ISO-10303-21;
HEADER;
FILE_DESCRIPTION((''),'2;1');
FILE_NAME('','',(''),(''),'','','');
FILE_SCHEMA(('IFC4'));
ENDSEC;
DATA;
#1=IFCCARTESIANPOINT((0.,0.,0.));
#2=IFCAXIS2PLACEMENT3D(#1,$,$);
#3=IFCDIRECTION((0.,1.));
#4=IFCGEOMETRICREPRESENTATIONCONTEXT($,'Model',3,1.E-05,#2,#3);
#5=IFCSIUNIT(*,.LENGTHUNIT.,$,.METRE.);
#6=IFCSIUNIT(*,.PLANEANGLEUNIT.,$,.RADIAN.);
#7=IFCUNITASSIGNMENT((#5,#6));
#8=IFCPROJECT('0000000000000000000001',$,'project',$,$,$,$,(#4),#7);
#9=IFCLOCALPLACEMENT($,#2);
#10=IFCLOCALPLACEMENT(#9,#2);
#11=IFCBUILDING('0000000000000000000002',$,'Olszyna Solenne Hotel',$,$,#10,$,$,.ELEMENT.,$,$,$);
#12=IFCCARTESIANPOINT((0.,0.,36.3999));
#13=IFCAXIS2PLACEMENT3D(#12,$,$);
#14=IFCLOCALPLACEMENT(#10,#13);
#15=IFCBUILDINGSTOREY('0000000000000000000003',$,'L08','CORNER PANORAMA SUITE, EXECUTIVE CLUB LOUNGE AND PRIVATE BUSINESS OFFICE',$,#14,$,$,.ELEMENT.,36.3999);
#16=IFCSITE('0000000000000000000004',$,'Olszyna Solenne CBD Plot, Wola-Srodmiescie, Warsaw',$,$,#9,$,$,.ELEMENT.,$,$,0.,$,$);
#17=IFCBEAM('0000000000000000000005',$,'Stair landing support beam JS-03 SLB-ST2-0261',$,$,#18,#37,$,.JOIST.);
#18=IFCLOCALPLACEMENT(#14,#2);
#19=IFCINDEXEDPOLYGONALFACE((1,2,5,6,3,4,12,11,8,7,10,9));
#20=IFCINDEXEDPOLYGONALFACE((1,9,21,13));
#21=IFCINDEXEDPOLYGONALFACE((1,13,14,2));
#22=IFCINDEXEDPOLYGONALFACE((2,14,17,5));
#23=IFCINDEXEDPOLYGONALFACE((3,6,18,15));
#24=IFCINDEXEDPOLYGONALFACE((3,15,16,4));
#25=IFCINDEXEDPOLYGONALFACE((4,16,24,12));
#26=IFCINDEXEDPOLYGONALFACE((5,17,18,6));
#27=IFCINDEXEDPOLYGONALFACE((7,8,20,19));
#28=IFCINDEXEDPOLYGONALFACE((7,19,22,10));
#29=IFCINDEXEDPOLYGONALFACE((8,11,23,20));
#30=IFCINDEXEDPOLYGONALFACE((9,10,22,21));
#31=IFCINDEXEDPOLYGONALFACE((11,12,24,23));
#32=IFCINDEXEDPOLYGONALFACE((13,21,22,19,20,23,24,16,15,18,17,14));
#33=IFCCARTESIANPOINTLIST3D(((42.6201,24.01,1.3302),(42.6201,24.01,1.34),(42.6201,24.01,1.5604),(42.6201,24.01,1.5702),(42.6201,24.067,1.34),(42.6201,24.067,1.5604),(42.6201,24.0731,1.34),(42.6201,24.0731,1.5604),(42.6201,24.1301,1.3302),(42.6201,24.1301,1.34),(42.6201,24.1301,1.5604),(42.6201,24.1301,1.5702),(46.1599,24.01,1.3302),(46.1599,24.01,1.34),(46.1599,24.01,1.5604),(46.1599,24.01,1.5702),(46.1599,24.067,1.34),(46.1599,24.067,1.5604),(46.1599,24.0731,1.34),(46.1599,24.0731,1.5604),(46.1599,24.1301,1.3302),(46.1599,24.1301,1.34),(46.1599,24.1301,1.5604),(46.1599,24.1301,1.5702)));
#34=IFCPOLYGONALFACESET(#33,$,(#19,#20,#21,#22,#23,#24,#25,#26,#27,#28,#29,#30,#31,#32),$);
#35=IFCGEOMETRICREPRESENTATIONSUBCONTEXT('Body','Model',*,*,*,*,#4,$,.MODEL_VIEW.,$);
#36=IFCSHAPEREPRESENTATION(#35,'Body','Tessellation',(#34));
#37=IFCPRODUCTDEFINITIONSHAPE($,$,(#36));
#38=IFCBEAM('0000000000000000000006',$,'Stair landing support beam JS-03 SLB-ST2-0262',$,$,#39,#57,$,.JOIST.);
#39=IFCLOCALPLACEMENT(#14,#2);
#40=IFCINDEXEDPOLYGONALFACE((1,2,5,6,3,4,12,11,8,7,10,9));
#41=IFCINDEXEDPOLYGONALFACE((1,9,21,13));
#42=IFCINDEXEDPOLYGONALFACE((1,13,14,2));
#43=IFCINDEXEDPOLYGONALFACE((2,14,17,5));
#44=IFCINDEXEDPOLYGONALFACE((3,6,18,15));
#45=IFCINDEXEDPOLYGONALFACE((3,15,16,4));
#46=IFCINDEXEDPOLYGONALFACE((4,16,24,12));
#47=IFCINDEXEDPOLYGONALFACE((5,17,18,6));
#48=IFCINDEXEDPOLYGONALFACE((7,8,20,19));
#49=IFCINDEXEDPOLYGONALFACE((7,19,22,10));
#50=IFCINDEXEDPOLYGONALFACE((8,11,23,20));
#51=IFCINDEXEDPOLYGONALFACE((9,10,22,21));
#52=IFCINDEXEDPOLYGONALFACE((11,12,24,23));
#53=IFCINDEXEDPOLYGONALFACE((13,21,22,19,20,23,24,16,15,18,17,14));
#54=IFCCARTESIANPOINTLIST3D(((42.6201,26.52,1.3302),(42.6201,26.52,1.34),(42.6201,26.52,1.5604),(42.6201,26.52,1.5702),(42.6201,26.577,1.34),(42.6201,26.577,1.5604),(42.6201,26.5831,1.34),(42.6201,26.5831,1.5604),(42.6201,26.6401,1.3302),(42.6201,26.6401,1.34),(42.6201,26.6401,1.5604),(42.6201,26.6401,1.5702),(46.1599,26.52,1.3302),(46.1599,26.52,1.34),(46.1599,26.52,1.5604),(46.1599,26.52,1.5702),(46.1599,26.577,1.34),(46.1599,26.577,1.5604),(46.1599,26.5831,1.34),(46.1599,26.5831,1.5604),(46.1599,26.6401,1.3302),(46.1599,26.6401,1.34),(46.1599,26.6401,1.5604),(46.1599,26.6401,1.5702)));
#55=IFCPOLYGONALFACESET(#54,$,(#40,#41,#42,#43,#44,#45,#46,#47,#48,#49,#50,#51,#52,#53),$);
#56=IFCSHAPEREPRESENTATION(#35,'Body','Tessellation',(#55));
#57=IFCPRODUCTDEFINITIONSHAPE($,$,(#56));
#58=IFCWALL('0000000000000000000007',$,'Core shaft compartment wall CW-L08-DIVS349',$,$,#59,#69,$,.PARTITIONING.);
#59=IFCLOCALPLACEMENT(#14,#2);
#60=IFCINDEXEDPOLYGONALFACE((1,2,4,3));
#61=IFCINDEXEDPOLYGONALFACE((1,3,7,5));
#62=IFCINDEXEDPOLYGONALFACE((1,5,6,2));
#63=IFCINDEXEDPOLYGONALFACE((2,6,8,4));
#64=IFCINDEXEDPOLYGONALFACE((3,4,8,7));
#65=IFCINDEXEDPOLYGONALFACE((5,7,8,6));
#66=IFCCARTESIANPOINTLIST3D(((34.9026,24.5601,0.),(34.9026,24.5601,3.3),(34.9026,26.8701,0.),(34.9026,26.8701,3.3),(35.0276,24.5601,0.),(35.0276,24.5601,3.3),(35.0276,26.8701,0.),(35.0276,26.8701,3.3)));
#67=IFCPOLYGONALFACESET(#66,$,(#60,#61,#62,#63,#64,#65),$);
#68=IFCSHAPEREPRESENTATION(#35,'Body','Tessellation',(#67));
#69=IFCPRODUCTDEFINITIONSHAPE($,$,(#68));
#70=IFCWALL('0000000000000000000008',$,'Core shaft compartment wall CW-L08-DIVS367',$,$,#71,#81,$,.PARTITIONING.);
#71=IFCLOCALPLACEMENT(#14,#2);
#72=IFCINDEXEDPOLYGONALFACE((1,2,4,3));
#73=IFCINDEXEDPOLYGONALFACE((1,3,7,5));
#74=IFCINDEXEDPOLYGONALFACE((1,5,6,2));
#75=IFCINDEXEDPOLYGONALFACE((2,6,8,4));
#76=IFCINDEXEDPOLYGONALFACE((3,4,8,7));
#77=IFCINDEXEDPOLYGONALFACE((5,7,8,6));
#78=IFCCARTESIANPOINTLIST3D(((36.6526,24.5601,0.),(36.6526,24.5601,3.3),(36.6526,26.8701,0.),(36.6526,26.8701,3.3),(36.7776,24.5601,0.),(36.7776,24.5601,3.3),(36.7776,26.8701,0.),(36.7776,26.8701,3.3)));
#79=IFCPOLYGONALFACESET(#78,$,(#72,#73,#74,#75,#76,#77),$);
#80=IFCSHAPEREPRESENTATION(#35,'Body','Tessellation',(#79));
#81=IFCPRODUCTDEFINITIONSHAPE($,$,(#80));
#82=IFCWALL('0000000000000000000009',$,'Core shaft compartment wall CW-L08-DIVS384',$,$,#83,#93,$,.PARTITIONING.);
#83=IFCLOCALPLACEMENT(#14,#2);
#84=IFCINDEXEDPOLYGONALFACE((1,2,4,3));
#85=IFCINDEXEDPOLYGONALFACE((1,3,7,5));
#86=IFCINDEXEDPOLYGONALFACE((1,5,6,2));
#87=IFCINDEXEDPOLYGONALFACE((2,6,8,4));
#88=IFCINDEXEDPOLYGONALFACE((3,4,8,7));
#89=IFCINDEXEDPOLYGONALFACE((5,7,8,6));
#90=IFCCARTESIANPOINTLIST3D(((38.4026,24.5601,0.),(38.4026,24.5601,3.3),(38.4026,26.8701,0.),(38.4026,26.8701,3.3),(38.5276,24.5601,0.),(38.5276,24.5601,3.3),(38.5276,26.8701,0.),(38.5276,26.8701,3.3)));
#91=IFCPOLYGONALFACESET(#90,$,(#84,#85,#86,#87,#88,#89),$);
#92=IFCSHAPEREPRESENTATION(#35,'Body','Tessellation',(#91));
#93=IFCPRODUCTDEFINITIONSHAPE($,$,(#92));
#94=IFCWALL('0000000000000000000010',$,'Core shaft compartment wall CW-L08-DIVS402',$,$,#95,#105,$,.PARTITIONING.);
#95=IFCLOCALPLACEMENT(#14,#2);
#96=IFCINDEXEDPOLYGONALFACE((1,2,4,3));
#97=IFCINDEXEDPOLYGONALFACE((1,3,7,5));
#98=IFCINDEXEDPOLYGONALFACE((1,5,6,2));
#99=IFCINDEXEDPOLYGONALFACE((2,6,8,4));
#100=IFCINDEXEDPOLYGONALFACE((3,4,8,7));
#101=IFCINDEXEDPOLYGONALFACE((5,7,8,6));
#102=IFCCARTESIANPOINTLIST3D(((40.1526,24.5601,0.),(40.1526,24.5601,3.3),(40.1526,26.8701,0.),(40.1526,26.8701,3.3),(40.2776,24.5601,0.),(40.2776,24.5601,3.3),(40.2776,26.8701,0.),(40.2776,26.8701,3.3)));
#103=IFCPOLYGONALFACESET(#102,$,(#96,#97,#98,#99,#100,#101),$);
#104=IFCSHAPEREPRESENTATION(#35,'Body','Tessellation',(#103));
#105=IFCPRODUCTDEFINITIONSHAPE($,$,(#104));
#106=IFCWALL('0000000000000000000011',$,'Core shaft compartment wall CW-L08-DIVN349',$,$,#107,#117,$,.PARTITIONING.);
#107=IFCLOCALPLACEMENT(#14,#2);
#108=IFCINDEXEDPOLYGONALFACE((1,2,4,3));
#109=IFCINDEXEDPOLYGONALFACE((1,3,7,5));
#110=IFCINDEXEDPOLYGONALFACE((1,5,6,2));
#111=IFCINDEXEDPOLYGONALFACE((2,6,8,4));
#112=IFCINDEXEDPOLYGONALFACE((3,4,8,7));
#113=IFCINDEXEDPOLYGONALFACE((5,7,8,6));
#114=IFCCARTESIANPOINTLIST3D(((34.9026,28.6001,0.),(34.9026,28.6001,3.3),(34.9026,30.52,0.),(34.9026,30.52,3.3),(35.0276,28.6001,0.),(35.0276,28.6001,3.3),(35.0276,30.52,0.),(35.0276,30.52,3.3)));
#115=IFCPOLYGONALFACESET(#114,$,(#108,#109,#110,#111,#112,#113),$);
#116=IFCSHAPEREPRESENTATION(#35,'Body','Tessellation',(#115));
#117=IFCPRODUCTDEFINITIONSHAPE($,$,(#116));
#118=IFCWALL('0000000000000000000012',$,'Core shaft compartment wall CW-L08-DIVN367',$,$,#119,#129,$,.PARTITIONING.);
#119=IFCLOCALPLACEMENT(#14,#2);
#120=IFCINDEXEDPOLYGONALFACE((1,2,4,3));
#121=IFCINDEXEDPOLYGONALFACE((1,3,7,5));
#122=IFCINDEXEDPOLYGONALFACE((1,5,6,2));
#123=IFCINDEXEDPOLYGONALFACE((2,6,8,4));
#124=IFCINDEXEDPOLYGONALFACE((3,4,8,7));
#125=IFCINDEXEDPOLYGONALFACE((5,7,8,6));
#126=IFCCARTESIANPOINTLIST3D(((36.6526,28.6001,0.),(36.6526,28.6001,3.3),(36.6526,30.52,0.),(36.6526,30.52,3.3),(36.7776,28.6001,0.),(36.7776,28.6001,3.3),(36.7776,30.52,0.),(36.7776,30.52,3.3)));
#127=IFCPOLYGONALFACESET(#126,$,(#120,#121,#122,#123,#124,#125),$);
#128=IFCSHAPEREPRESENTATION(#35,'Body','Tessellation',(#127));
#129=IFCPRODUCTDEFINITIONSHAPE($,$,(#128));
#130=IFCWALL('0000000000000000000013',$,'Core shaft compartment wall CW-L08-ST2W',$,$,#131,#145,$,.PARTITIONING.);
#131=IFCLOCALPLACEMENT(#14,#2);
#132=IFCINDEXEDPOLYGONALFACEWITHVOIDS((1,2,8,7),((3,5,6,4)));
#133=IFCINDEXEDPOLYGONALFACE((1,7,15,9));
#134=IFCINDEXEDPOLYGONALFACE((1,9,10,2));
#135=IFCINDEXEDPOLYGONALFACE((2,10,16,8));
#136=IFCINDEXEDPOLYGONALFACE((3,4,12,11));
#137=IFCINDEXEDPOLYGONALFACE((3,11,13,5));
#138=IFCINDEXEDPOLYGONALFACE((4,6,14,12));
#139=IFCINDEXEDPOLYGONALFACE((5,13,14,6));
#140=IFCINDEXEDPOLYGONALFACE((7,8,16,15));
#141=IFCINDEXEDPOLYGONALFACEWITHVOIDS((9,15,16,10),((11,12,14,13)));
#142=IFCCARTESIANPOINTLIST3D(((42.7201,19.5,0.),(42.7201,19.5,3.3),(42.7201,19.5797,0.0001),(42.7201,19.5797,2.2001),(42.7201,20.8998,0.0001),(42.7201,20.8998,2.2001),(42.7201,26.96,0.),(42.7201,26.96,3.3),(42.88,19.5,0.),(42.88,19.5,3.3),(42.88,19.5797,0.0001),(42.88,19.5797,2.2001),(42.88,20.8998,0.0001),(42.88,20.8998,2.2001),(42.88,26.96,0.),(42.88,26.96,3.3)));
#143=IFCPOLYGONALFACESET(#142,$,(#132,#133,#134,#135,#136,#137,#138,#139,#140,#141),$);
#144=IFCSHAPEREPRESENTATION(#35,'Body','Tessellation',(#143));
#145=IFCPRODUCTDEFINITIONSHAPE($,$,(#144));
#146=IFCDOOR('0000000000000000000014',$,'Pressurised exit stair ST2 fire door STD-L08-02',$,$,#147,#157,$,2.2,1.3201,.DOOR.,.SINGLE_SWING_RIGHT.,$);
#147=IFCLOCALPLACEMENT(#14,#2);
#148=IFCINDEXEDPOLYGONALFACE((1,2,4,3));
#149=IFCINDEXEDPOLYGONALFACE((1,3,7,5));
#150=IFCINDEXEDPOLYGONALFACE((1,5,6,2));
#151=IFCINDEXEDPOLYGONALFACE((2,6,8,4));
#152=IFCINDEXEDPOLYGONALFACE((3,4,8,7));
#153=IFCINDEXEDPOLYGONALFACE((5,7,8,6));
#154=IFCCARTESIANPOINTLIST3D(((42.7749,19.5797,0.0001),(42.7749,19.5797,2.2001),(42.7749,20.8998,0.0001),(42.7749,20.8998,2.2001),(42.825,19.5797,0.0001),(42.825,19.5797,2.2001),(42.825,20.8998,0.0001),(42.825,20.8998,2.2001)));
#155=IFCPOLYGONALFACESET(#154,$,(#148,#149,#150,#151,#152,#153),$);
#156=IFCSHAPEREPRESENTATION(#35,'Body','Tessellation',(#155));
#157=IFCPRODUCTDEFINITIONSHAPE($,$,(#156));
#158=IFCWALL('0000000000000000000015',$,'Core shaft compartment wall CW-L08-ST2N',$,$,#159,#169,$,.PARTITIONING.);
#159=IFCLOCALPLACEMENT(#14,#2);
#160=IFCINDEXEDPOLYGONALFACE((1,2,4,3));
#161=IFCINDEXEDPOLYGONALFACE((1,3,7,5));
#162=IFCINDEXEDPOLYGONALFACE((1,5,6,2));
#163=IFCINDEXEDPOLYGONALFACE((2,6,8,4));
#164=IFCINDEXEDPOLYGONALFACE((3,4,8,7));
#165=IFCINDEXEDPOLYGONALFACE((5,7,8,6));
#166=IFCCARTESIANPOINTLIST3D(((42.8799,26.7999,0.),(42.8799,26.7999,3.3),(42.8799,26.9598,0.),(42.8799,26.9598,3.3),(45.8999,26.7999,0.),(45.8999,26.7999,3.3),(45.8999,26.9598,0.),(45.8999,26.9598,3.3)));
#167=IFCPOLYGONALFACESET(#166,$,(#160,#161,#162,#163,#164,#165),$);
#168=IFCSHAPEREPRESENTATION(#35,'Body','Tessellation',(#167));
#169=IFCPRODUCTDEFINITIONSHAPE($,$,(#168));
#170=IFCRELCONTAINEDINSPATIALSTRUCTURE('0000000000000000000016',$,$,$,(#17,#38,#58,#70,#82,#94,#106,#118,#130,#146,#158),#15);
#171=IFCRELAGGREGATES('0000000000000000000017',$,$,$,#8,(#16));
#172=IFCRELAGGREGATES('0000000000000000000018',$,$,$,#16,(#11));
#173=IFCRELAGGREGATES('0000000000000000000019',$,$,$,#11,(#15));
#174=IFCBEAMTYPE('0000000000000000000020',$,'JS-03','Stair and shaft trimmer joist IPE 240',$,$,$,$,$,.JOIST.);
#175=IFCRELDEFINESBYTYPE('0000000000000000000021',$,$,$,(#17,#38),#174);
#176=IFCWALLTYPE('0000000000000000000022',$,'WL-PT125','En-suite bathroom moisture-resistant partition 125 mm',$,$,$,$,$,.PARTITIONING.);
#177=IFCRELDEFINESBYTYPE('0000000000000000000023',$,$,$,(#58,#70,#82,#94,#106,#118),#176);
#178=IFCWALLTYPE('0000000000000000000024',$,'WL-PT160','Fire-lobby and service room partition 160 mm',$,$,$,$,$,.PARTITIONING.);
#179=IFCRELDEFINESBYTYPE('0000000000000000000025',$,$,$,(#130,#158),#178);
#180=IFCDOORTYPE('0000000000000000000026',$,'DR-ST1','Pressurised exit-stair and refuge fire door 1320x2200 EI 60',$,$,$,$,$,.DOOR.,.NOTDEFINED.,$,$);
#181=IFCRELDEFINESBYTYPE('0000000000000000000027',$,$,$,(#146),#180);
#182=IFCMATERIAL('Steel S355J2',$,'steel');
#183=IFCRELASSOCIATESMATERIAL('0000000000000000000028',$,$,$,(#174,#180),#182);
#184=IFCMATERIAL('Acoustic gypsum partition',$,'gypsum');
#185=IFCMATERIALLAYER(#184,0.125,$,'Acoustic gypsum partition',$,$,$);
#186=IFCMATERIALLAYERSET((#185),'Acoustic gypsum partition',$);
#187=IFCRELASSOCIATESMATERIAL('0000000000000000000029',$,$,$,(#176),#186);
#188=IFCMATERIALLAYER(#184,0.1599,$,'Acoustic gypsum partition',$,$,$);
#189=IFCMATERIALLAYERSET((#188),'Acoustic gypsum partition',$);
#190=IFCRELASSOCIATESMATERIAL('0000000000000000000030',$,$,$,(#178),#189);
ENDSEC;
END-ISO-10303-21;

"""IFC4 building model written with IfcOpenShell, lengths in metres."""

from ifc_helpers import new_model, si_unit, direction, frame, frame_2d, origin, origin_2d, place, context, subcontext, project, spatial, rectangle, i_section, extrude, source, transform, mapped, material, layer, layer_set, material_profile, profile_set, type_object, type_shapes, element, fill, save


model = new_model("IFC4")

# Units and contexts
model_context = context("Model", 3, precision=1e-05, world=origin(), true_north=direction((0.0, 1.0)))
body_context = subcontext(model_context, "Body", "Model", "MODEL_VIEW")
ifc_project = project(units=[si_unit("LENGTHUNIT", "METRE"), si_unit("PLANEANGLEUNIT", "RADIAN")], contexts=[model_context])

# Site, building, storey
site_placement = place(None, origin())
site = spatial("IfcSite", under=ifc_project, at=site_placement, Name="Olszyna Solenne CBD Plot, Wola-Srodmiescie, Warsaw", CompositionType="ELEMENT", RefElevation=0.0)
building_placement = place(site_placement, origin())
building = spatial("IfcBuilding", under=site, at=building_placement, Name="Olszyna Solenne Hotel", CompositionType="ELEMENT")
storey_placement = place(building_placement, frame((0.0, 0.0, 36.3999)))
storey = spatial("IfcBuildingStorey", under=building, at=storey_placement, Name="L08", Description="CORNER PANORAMA SUITE, EXECUTIVE CLUB LOUNGE AND PRIVATE BUSINESS OFFICE", CompositionType="ELEMENT", Elevation=36.3999)

# Beams
ifc_material_1 = material(Name="Steel S355J2", Category="steel")
ifc_material_profile = material_profile(ifc_material_1, i_section(OverallWidth=0.1201, OverallDepth=0.24, WebThickness=0.0061, FlangeThickness=0.0098, at=origin_2d()), Name="IPE 240", Category="load-bearing")
ifc_profile_set = profile_set([ifc_material_profile], Name="Steel S355J2")
beam_type = type_object("IfcBeamType", Name="JS-03", Description="Stair and shaft trimmer joist IPE 240", PredefinedType="JOIST", material=ifc_profile_set)
shared_shape_1 = source(origin(), body_context, "Body", "SweptSolid", [
    extrude(i_section(OverallWidth=0.1201, OverallDepth=0.24, WebThickness=0.0061, FlangeThickness=0.0098, at=origin_2d()), origin(), (0.0, 0.0, 1.0), 3.5398),
])
for number, where, z_axis, x_axis, name in (
    (1, (46.1599, 24.0701, 1.4502), (-1.0, 0.0, 0.0), (0.0, -1.0, 0.0), "Stair landing support beam JS-03 SLB-ST2-0261"),
    (2, (46.1599, 26.5801, 1.4502), (-1.0, 0.0, 0.0), (0.0, -1.0, 0.0), "Stair landing support beam JS-03 SLB-ST2-0262"),
):
    element("IfcBeam", number, at=place(storey_placement, frame(where, z_axis=z_axis, x_axis=x_axis)), inside=storey, type_object=beam_type, Name=name, PredefinedType="JOIST", context=body_context, shape_type="MappedRepresentation", body=[
        mapped(shared_shape_1, transform((0.0, 0.0, 0.0), x_axis=(1.0, 0.0, 0.0), y_axis=(0.0, 1.0, 0.0), z_axis=(0.0, 0.0, 1.0), scale=1.0)),
    ])

# Walls
ifc_material_2 = material(Name="Acoustic gypsum partition", Category="gypsum")
ifc_layer_1 = layer(ifc_material_2, 0.125, Name="Acoustic gypsum partition")
ifc_layer_set_1 = layer_set([ifc_layer_1], Name="Acoustic gypsum partition")
wall_type_1 = type_object("IfcWallType", Name="WL-PT125", Description="En-suite bathroom moisture-resistant partition 125 mm", PredefinedType="PARTITIONING", material=ifc_layer_set_1)
for number, where, z_axis, x_axis, name in (
    (3, (34.9651, 24.5601, 0.0), (0.0, 0.0, 1.0), (0.0, 1.0, 0.0), "Core shaft compartment wall CW-L08-DIVS349"),
    (4, (36.7151, 24.5601, 0.0), (0.0, 0.0, 1.0), (0.0, 1.0, 0.0), "Core shaft compartment wall CW-L08-DIVS367"),
    (5, (38.4651, 24.5601, 0.0), (0.0, 0.0, 1.0), (0.0, 1.0, 0.0), "Core shaft compartment wall CW-L08-DIVS384"),
    (6, (40.2151, 24.5601, 0.0), (0.0, 0.0, 1.0), (0.0, 1.0, 0.0), "Core shaft compartment wall CW-L08-DIVS402"),
):
    element("IfcWall", number, at=place(storey_placement, frame(where, z_axis=z_axis, x_axis=x_axis)), inside=storey, type_object=wall_type_1, Name=name, PredefinedType="PARTITIONING", context=body_context, shape_type="SweptSolid", body=[
        extrude(rectangle(XDim=2.3101, YDim=0.125, at=frame_2d((1.155, 0.0))), origin(), (0.0, 0.0, 1.0), 3.3),
    ])
for number, where, z_axis, x_axis, name in (
    (7, (34.9651, 28.6001, 0.0), (0.0, 0.0, 1.0), (0.0, 1.0, 0.0), "Core shaft compartment wall CW-L08-DIVN349"),
    (8, (36.7151, 28.6001, 0.0), (0.0, 0.0, 1.0), (0.0, 1.0, 0.0), "Core shaft compartment wall CW-L08-DIVN367"),
):
    element("IfcWall", number, at=place(storey_placement, frame(where, z_axis=z_axis, x_axis=x_axis)), inside=storey, type_object=wall_type_1, Name=name, PredefinedType="PARTITIONING", context=body_context, shape_type="SweptSolid", body=[
        extrude(rectangle(XDim=1.9199, YDim=0.125, at=frame_2d((0.96, 0.0))), origin(), (0.0, 0.0, 1.0), 3.3),
    ])

# Wall, opening, door
ifc_layer_2 = layer(ifc_material_2, 0.1599, Name="Acoustic gypsum partition")
ifc_layer_set_2 = layer_set([ifc_layer_2], Name="Acoustic gypsum partition")
wall_type_2 = type_object("IfcWallType", Name="WL-PT160", Description="Fire-lobby and service room partition 160 mm", PredefinedType="PARTITIONING", material=ifc_layer_set_2)
wall_1_placement = place(storey_placement, frame((42.8, 26.96, 0.0), z_axis=(0.0, 0.0, 1.0), x_axis=(0.0, -1.0, 0.0)))
wall_1 = element("IfcWall", 9, at=wall_1_placement, inside=storey, type_object=wall_type_2, Name="Core shaft compartment wall CW-L08-ST2W", PredefinedType="PARTITIONING", context=body_context, shape_type="SweptSolid", body=[
    extrude(rectangle(XDim=7.46, YDim=0.1599, at=frame_2d((3.73, 0.0))), origin(), (0.0, 0.0, 1.0), 3.3),
])
opening_1_placement = place(wall_1_placement, frame((6.0601, 0.0, 0.0)))
opening_1 = element("IfcOpeningElement", 10, at=opening_1_placement, cuts=wall_1, PredefinedType="OPENING", context=body_context, shape_type="SweptSolid", body=[
    extrude(rectangle(XDim=1.3201, YDim=2.2, at=frame_2d((0.6602, 1.1001))), frame((0.0, 0.0898, 0.0), z_axis=(0.0, -1.0, 0.0), x_axis=(1.0, 0.0, 0.0)), (0.0, 0.0, 1.0), 0.1799),
])
door_type_1 = type_object("IfcDoorType", Name="DR-ST1", Description="Pressurised exit-stair and refuge fire door 1320x2200 EI 60", OperationType="NOTDEFINED", PredefinedType="DOOR", material=ifc_material_1)
shared_shape_2 = source(origin(), body_context, "Body", "SweptSolid", [
    extrude(rectangle(XDim=1.3201, YDim=2.2, at=frame_2d((0.6602, 1.1001))), frame((0.0, 0.0249, 0.0), z_axis=(0.0, -1.0, 0.0), x_axis=(1.0, 0.0, 0.0)), (0.0, 0.0, 1.0), 0.05),
])
type_shapes(door_type_1, [shared_shape_2])
door_1_placement = place(opening_1_placement, origin())
door_1 = element("IfcDoor", 11, at=door_1_placement, inside=storey, type_object=door_type_1, Name="Pressurised exit stair ST2 fire door STD-L08-02", OperationType="SINGLE_SWING_RIGHT", OverallHeight=2.2, OverallWidth=1.3201, PredefinedType="DOOR", context=body_context, shape_type="MappedRepresentation", body=[
    mapped(shared_shape_2, transform((0.0, 0.0, 0.0), x_axis=(1.0, 0.0, 0.0), y_axis=(0.0, 1.0, 0.0), z_axis=(0.0, 0.0, 1.0), scale=1.0)),
])
fill(opening_1, door_1)

# Wall
wall_2_placement = place(storey_placement, frame((42.8799, 26.8799, 0.0), z_axis=(0.0, 0.0, 1.0), x_axis=(1.0, 0.0, 0.0)))
element("IfcWall", 12, at=wall_2_placement, inside=storey, type_object=wall_type_2, Name="Core shaft compartment wall CW-L08-ST2N", PredefinedType="PARTITIONING", context=body_context, shape_type="SweptSolid", body=[
    extrude(rectangle(XDim=3.02, YDim=0.1599, at=frame_2d((1.51, 0.0))), origin(), (0.0, 0.0, 1.0), 3.3),
])

save(model, "model.ifc")
